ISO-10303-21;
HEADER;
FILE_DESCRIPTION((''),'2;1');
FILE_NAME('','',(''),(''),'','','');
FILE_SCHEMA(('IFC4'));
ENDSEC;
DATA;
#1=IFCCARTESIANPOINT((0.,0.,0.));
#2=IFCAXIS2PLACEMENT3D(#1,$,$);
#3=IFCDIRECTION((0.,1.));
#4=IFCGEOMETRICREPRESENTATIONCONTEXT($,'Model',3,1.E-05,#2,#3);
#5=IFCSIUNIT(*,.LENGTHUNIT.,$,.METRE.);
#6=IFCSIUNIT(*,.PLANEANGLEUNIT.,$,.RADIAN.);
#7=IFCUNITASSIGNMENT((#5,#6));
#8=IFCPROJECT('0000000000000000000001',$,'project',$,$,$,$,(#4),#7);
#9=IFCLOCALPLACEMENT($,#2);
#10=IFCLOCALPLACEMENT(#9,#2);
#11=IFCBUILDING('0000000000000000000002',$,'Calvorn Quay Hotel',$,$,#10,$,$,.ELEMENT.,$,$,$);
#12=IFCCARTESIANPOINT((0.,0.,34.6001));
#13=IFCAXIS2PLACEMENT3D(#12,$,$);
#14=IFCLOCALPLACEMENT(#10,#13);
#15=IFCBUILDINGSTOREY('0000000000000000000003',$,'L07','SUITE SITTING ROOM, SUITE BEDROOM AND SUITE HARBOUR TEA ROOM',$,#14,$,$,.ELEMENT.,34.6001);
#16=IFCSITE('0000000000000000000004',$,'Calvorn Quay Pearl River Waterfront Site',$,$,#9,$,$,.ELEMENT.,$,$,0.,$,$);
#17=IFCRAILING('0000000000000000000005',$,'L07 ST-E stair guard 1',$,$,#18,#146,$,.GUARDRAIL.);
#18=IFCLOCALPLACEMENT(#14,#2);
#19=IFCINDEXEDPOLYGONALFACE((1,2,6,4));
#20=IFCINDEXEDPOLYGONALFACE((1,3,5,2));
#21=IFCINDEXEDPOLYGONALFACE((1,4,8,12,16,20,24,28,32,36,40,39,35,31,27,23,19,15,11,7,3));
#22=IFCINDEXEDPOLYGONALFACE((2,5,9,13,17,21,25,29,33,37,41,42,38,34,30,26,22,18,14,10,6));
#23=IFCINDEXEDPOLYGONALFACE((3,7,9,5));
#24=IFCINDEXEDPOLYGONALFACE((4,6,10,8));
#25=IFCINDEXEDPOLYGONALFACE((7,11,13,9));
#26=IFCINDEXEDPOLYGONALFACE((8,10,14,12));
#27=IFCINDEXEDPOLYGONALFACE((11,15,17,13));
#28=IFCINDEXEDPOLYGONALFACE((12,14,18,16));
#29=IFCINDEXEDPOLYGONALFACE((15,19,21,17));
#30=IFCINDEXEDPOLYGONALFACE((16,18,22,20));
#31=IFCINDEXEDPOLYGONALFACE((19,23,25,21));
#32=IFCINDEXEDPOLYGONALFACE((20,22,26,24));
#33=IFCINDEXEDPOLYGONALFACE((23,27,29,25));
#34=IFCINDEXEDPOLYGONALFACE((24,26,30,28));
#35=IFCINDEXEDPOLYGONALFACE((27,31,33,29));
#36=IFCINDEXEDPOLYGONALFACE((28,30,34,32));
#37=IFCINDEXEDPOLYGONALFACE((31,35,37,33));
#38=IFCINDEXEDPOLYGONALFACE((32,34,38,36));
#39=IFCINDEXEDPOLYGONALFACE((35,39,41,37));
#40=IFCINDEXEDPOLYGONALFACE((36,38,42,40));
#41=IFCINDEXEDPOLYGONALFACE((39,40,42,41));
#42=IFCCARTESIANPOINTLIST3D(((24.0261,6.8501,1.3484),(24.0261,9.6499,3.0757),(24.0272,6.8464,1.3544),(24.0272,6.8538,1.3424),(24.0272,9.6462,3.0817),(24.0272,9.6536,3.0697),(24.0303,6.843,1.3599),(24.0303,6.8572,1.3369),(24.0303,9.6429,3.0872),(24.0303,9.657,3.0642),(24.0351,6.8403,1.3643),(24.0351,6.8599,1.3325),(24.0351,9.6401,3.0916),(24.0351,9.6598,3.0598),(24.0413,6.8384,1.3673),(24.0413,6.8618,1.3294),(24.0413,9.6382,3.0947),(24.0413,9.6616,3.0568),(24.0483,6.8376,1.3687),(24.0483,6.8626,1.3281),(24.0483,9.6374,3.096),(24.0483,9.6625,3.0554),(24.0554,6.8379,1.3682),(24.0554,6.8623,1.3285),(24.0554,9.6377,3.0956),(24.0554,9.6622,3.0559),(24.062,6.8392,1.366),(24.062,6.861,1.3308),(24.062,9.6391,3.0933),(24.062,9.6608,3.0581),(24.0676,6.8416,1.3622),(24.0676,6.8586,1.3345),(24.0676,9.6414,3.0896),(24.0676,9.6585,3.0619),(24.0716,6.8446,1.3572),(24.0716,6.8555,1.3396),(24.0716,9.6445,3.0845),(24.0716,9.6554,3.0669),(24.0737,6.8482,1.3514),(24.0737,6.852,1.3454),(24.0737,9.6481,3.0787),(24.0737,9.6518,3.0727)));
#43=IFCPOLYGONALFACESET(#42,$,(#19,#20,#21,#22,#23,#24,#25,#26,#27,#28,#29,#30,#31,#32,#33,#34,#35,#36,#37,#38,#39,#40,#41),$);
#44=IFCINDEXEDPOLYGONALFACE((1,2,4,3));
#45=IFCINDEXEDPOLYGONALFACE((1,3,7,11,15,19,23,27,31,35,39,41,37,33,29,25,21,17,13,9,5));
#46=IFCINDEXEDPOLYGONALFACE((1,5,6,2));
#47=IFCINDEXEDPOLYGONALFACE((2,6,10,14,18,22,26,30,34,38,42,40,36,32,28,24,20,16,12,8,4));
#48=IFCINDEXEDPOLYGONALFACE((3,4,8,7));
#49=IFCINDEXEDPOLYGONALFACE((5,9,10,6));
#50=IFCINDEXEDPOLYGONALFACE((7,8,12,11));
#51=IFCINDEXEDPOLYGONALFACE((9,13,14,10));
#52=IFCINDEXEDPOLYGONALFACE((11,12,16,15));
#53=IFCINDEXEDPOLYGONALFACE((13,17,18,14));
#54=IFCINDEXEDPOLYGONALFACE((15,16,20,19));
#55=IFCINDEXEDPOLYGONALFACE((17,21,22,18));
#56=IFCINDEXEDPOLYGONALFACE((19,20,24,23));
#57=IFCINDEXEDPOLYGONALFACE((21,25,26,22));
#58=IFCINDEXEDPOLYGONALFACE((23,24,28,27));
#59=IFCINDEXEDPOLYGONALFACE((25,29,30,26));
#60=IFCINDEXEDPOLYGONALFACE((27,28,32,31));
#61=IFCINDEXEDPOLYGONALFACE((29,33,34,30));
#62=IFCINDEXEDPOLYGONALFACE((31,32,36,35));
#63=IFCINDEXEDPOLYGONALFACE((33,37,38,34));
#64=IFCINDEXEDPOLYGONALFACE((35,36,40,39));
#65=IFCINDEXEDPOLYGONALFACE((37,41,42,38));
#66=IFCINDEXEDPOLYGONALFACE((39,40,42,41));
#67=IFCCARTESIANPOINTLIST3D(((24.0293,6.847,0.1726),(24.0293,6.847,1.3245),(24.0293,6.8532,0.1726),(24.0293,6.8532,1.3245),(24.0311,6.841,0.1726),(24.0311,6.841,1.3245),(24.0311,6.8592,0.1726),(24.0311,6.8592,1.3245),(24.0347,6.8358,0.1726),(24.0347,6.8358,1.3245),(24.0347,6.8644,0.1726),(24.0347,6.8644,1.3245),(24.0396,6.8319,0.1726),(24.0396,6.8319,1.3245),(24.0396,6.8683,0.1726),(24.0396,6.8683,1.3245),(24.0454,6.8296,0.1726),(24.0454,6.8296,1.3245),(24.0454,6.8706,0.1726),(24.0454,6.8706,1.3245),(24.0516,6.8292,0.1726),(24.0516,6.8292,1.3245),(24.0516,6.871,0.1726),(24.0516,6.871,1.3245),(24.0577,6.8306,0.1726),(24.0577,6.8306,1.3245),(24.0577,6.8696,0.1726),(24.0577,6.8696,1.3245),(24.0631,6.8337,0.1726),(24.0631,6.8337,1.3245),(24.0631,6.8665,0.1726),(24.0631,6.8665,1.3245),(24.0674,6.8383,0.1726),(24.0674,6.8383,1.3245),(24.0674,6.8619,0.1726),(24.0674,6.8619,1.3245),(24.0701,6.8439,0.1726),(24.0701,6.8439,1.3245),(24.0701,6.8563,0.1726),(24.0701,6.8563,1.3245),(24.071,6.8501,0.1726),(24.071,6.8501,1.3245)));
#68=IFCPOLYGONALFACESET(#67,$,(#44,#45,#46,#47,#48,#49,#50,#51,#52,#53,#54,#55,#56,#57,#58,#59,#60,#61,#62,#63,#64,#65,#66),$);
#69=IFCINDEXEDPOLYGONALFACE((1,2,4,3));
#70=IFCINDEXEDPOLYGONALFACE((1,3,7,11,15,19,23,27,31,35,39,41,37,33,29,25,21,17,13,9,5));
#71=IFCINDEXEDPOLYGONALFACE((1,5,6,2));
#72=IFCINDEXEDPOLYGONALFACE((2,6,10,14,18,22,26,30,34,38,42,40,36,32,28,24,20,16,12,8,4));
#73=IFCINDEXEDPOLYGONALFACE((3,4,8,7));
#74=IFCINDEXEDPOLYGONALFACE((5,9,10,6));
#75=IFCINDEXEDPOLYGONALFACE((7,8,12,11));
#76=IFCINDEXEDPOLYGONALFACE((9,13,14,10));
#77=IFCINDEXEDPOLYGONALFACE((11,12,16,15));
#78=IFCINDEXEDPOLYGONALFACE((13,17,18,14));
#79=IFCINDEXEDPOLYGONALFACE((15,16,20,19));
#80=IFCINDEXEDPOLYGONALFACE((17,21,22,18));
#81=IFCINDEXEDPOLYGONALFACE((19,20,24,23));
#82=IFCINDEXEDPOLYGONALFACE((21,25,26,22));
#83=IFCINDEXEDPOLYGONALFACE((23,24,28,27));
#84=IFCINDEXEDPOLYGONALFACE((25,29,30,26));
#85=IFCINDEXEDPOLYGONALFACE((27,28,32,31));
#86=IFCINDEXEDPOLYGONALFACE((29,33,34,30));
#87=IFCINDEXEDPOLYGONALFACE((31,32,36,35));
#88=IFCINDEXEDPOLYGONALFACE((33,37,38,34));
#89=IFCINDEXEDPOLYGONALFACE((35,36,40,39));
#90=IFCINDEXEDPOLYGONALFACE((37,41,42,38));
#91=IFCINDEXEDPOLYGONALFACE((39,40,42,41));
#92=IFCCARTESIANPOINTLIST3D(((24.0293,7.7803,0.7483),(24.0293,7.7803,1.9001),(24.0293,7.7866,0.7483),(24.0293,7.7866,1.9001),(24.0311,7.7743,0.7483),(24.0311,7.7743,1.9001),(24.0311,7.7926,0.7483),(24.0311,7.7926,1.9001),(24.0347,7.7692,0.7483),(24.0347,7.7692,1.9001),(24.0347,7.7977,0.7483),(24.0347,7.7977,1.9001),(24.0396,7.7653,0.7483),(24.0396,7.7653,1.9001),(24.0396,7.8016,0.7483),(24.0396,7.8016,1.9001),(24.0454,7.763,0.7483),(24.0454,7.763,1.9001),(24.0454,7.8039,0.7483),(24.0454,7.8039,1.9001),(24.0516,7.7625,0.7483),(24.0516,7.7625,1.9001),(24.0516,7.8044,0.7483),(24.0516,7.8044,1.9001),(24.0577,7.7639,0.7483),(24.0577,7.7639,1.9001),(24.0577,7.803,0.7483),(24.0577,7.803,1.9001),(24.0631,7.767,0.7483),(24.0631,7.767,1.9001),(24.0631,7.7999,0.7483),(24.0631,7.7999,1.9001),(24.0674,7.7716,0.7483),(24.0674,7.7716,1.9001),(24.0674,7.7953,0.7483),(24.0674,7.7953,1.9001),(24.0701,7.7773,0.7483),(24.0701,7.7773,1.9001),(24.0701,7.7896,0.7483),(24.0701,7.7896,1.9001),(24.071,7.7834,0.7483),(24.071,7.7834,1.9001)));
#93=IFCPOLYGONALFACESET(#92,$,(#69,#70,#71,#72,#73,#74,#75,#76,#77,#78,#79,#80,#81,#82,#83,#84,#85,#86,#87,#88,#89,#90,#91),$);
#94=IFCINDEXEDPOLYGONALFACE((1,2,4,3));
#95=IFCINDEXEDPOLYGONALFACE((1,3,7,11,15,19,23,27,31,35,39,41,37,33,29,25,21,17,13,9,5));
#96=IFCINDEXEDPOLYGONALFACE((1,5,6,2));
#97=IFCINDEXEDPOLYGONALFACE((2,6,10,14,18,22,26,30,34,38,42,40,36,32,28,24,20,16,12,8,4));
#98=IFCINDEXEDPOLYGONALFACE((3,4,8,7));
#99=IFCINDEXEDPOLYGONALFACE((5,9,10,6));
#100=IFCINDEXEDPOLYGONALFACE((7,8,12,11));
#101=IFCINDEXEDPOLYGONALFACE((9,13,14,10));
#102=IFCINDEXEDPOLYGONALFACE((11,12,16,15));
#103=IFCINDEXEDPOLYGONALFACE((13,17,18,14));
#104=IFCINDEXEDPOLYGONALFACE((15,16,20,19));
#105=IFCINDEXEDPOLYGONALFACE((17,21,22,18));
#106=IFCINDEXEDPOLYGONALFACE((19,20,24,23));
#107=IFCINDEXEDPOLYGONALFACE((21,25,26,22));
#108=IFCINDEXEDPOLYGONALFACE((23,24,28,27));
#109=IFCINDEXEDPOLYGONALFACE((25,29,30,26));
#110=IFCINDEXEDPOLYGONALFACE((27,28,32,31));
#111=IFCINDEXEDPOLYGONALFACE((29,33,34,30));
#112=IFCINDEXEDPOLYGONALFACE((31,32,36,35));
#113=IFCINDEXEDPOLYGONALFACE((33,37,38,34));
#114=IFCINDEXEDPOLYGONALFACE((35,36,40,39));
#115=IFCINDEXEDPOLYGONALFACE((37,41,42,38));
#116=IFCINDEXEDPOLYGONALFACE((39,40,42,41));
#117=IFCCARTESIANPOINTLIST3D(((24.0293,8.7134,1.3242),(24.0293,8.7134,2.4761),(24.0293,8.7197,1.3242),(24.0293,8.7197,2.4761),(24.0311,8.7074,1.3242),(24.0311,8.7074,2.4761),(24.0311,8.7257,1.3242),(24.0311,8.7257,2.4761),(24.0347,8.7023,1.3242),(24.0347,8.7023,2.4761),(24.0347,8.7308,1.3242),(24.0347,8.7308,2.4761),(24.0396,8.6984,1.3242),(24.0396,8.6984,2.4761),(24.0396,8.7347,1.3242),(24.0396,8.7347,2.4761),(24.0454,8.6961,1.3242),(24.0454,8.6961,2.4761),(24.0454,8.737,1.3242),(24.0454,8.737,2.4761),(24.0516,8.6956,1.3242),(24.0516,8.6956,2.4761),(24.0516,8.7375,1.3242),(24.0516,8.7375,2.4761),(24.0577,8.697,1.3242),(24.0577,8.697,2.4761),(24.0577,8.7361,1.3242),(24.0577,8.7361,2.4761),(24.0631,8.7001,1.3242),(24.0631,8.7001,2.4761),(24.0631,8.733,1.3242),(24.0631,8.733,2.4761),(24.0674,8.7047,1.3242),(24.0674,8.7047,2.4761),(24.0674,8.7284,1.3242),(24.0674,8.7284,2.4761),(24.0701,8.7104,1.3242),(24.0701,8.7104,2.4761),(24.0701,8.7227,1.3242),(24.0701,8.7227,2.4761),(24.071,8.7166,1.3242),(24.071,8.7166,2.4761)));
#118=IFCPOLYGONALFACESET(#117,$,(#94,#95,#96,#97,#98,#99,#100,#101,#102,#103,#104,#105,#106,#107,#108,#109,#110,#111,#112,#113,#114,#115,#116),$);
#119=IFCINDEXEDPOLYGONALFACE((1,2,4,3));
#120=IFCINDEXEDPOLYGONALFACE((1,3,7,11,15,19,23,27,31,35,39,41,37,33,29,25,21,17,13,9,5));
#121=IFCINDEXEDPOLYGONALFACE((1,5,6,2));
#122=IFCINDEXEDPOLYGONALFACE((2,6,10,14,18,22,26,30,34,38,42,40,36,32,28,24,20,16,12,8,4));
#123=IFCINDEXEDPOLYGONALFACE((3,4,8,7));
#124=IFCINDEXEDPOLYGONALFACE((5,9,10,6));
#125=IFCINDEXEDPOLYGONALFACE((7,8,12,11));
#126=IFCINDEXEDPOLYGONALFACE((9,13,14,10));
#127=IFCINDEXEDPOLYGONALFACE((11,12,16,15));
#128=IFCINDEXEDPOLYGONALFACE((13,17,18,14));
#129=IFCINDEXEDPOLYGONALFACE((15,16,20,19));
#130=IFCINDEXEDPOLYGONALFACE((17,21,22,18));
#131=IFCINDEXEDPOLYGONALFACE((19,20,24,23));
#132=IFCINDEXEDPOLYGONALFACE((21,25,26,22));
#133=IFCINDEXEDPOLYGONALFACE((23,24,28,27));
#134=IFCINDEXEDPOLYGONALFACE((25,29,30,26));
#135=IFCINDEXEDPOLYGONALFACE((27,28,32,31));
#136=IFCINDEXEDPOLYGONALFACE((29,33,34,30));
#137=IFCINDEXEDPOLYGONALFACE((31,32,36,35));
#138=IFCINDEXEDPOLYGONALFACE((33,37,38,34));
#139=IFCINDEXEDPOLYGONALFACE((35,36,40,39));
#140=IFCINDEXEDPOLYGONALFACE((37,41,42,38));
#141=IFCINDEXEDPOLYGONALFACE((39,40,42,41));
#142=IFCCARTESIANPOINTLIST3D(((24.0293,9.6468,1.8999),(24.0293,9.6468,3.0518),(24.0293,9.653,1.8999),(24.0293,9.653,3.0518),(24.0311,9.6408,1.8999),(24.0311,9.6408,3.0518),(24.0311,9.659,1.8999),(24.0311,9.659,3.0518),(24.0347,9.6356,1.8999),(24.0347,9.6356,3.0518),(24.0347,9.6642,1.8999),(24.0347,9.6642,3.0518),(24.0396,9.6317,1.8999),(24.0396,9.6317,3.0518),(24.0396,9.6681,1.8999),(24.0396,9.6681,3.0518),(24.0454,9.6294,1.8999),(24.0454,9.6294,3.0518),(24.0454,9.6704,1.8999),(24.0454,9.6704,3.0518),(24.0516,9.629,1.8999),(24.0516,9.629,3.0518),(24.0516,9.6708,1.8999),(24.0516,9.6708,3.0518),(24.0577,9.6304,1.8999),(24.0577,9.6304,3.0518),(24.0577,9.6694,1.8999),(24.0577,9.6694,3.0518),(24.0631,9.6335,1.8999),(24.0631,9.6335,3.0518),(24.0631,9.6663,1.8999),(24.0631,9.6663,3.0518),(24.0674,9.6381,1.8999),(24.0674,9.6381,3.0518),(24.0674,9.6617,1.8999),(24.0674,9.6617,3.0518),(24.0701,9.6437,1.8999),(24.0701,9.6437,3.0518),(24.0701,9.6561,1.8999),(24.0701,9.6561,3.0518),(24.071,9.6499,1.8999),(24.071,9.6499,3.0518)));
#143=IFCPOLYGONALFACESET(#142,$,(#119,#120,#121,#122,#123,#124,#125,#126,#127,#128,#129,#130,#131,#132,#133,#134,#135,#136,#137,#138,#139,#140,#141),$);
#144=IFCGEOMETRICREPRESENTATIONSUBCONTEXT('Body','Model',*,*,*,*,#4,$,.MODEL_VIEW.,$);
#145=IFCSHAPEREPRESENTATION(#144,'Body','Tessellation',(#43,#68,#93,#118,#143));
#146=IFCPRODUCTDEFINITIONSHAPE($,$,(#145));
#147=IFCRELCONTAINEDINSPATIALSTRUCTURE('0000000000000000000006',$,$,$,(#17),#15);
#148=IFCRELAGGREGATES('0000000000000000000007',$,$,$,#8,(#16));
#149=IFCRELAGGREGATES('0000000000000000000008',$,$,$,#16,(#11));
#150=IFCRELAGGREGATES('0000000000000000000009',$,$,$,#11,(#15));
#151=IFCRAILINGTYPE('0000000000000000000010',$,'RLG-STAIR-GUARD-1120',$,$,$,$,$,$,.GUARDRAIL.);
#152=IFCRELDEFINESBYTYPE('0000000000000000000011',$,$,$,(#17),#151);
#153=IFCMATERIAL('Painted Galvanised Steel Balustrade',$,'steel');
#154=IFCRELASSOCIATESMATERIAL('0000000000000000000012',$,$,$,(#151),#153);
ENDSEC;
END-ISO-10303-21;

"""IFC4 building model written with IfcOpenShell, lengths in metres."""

from ifc_helpers import new_model, si_unit, direction, frame, origin, origin_2d, place, context, subcontext, project, spatial, circle, extrude, material, type_object, element, save


model = new_model("IFC4")

# Units and contexts
model_context = context("Model", 3, precision=1e-05, world=origin(), true_north=direction((0.0, 1.0)))
body_context = subcontext(model_context, "Body", "Model", "MODEL_VIEW")
ifc_project = project(units=[si_unit("LENGTHUNIT", "METRE"), si_unit("PLANEANGLEUNIT", "RADIAN")], contexts=[model_context])

# Site, building, storey
site_placement = place(None, origin())
site = spatial("IfcSite", under=ifc_project, at=site_placement, Name="Calvorn Quay Pearl River Waterfront Site", CompositionType="ELEMENT", RefElevation=0.0)
building_placement = place(site_placement, origin())
building = spatial("IfcBuilding", under=site, at=building_placement, Name="Calvorn Quay Hotel", CompositionType="ELEMENT")
storey_placement = place(building_placement, frame((0.0, 0.0, 34.6001)))
storey = spatial("IfcBuildingStorey", under=building, at=storey_placement, Name="L07", Description="SUITE SITTING ROOM, SUITE BEDROOM AND SUITE HARBOUR TEA ROOM", CompositionType="ELEMENT", Elevation=34.6001)

# Railing
ifc_material_1 = material(Name="Painted Galvanised Steel Balustrade", Category="steel")
railing_type_1 = type_object("IfcRailingType", Name="RLG-STAIR-GUARD-1120", PredefinedType="GUARDRAIL", material=ifc_material_1)
railing_1_placement = place(storey_placement, frame((24.05, 6.8501, 0.1726)))
element("IfcRailing", 1, at=railing_1_placement, inside=storey, type_object=railing_type_1, Name="L07 ST-E stair guard 1", PredefinedType="GUARDRAIL", context=body_context, shape_type="SweptSolid", body=[
    extrude(circle(Radius=0.0239, at=origin_2d()), frame((0.0, 0.0, 1.1758), z_axis=(0.0, 0.851069, 0.525054), x_axis=(-1.0, 0.0, 0.0)), (0.0, 0.0, 1.0), 3.2898),
    extrude(circle(Radius=0.021, at=origin_2d()), origin(), (0.0, 0.0, 1.0), 1.1519),
    extrude(circle(Radius=0.021, at=origin_2d()), frame((0.0, 0.9333, 0.5757)), (0.0, 0.0, 1.0), 1.1519),
    extrude(circle(Radius=0.021, at=origin_2d()), frame((0.0, 1.8665, 1.1516)), (0.0, 0.0, 1.0), 1.1519),
    extrude(circle(Radius=0.021, at=origin_2d()), frame((0.0, 2.7998, 1.7273)), (0.0, 0.0, 1.0), 1.1519),
])

save(model, "model.ifc")
